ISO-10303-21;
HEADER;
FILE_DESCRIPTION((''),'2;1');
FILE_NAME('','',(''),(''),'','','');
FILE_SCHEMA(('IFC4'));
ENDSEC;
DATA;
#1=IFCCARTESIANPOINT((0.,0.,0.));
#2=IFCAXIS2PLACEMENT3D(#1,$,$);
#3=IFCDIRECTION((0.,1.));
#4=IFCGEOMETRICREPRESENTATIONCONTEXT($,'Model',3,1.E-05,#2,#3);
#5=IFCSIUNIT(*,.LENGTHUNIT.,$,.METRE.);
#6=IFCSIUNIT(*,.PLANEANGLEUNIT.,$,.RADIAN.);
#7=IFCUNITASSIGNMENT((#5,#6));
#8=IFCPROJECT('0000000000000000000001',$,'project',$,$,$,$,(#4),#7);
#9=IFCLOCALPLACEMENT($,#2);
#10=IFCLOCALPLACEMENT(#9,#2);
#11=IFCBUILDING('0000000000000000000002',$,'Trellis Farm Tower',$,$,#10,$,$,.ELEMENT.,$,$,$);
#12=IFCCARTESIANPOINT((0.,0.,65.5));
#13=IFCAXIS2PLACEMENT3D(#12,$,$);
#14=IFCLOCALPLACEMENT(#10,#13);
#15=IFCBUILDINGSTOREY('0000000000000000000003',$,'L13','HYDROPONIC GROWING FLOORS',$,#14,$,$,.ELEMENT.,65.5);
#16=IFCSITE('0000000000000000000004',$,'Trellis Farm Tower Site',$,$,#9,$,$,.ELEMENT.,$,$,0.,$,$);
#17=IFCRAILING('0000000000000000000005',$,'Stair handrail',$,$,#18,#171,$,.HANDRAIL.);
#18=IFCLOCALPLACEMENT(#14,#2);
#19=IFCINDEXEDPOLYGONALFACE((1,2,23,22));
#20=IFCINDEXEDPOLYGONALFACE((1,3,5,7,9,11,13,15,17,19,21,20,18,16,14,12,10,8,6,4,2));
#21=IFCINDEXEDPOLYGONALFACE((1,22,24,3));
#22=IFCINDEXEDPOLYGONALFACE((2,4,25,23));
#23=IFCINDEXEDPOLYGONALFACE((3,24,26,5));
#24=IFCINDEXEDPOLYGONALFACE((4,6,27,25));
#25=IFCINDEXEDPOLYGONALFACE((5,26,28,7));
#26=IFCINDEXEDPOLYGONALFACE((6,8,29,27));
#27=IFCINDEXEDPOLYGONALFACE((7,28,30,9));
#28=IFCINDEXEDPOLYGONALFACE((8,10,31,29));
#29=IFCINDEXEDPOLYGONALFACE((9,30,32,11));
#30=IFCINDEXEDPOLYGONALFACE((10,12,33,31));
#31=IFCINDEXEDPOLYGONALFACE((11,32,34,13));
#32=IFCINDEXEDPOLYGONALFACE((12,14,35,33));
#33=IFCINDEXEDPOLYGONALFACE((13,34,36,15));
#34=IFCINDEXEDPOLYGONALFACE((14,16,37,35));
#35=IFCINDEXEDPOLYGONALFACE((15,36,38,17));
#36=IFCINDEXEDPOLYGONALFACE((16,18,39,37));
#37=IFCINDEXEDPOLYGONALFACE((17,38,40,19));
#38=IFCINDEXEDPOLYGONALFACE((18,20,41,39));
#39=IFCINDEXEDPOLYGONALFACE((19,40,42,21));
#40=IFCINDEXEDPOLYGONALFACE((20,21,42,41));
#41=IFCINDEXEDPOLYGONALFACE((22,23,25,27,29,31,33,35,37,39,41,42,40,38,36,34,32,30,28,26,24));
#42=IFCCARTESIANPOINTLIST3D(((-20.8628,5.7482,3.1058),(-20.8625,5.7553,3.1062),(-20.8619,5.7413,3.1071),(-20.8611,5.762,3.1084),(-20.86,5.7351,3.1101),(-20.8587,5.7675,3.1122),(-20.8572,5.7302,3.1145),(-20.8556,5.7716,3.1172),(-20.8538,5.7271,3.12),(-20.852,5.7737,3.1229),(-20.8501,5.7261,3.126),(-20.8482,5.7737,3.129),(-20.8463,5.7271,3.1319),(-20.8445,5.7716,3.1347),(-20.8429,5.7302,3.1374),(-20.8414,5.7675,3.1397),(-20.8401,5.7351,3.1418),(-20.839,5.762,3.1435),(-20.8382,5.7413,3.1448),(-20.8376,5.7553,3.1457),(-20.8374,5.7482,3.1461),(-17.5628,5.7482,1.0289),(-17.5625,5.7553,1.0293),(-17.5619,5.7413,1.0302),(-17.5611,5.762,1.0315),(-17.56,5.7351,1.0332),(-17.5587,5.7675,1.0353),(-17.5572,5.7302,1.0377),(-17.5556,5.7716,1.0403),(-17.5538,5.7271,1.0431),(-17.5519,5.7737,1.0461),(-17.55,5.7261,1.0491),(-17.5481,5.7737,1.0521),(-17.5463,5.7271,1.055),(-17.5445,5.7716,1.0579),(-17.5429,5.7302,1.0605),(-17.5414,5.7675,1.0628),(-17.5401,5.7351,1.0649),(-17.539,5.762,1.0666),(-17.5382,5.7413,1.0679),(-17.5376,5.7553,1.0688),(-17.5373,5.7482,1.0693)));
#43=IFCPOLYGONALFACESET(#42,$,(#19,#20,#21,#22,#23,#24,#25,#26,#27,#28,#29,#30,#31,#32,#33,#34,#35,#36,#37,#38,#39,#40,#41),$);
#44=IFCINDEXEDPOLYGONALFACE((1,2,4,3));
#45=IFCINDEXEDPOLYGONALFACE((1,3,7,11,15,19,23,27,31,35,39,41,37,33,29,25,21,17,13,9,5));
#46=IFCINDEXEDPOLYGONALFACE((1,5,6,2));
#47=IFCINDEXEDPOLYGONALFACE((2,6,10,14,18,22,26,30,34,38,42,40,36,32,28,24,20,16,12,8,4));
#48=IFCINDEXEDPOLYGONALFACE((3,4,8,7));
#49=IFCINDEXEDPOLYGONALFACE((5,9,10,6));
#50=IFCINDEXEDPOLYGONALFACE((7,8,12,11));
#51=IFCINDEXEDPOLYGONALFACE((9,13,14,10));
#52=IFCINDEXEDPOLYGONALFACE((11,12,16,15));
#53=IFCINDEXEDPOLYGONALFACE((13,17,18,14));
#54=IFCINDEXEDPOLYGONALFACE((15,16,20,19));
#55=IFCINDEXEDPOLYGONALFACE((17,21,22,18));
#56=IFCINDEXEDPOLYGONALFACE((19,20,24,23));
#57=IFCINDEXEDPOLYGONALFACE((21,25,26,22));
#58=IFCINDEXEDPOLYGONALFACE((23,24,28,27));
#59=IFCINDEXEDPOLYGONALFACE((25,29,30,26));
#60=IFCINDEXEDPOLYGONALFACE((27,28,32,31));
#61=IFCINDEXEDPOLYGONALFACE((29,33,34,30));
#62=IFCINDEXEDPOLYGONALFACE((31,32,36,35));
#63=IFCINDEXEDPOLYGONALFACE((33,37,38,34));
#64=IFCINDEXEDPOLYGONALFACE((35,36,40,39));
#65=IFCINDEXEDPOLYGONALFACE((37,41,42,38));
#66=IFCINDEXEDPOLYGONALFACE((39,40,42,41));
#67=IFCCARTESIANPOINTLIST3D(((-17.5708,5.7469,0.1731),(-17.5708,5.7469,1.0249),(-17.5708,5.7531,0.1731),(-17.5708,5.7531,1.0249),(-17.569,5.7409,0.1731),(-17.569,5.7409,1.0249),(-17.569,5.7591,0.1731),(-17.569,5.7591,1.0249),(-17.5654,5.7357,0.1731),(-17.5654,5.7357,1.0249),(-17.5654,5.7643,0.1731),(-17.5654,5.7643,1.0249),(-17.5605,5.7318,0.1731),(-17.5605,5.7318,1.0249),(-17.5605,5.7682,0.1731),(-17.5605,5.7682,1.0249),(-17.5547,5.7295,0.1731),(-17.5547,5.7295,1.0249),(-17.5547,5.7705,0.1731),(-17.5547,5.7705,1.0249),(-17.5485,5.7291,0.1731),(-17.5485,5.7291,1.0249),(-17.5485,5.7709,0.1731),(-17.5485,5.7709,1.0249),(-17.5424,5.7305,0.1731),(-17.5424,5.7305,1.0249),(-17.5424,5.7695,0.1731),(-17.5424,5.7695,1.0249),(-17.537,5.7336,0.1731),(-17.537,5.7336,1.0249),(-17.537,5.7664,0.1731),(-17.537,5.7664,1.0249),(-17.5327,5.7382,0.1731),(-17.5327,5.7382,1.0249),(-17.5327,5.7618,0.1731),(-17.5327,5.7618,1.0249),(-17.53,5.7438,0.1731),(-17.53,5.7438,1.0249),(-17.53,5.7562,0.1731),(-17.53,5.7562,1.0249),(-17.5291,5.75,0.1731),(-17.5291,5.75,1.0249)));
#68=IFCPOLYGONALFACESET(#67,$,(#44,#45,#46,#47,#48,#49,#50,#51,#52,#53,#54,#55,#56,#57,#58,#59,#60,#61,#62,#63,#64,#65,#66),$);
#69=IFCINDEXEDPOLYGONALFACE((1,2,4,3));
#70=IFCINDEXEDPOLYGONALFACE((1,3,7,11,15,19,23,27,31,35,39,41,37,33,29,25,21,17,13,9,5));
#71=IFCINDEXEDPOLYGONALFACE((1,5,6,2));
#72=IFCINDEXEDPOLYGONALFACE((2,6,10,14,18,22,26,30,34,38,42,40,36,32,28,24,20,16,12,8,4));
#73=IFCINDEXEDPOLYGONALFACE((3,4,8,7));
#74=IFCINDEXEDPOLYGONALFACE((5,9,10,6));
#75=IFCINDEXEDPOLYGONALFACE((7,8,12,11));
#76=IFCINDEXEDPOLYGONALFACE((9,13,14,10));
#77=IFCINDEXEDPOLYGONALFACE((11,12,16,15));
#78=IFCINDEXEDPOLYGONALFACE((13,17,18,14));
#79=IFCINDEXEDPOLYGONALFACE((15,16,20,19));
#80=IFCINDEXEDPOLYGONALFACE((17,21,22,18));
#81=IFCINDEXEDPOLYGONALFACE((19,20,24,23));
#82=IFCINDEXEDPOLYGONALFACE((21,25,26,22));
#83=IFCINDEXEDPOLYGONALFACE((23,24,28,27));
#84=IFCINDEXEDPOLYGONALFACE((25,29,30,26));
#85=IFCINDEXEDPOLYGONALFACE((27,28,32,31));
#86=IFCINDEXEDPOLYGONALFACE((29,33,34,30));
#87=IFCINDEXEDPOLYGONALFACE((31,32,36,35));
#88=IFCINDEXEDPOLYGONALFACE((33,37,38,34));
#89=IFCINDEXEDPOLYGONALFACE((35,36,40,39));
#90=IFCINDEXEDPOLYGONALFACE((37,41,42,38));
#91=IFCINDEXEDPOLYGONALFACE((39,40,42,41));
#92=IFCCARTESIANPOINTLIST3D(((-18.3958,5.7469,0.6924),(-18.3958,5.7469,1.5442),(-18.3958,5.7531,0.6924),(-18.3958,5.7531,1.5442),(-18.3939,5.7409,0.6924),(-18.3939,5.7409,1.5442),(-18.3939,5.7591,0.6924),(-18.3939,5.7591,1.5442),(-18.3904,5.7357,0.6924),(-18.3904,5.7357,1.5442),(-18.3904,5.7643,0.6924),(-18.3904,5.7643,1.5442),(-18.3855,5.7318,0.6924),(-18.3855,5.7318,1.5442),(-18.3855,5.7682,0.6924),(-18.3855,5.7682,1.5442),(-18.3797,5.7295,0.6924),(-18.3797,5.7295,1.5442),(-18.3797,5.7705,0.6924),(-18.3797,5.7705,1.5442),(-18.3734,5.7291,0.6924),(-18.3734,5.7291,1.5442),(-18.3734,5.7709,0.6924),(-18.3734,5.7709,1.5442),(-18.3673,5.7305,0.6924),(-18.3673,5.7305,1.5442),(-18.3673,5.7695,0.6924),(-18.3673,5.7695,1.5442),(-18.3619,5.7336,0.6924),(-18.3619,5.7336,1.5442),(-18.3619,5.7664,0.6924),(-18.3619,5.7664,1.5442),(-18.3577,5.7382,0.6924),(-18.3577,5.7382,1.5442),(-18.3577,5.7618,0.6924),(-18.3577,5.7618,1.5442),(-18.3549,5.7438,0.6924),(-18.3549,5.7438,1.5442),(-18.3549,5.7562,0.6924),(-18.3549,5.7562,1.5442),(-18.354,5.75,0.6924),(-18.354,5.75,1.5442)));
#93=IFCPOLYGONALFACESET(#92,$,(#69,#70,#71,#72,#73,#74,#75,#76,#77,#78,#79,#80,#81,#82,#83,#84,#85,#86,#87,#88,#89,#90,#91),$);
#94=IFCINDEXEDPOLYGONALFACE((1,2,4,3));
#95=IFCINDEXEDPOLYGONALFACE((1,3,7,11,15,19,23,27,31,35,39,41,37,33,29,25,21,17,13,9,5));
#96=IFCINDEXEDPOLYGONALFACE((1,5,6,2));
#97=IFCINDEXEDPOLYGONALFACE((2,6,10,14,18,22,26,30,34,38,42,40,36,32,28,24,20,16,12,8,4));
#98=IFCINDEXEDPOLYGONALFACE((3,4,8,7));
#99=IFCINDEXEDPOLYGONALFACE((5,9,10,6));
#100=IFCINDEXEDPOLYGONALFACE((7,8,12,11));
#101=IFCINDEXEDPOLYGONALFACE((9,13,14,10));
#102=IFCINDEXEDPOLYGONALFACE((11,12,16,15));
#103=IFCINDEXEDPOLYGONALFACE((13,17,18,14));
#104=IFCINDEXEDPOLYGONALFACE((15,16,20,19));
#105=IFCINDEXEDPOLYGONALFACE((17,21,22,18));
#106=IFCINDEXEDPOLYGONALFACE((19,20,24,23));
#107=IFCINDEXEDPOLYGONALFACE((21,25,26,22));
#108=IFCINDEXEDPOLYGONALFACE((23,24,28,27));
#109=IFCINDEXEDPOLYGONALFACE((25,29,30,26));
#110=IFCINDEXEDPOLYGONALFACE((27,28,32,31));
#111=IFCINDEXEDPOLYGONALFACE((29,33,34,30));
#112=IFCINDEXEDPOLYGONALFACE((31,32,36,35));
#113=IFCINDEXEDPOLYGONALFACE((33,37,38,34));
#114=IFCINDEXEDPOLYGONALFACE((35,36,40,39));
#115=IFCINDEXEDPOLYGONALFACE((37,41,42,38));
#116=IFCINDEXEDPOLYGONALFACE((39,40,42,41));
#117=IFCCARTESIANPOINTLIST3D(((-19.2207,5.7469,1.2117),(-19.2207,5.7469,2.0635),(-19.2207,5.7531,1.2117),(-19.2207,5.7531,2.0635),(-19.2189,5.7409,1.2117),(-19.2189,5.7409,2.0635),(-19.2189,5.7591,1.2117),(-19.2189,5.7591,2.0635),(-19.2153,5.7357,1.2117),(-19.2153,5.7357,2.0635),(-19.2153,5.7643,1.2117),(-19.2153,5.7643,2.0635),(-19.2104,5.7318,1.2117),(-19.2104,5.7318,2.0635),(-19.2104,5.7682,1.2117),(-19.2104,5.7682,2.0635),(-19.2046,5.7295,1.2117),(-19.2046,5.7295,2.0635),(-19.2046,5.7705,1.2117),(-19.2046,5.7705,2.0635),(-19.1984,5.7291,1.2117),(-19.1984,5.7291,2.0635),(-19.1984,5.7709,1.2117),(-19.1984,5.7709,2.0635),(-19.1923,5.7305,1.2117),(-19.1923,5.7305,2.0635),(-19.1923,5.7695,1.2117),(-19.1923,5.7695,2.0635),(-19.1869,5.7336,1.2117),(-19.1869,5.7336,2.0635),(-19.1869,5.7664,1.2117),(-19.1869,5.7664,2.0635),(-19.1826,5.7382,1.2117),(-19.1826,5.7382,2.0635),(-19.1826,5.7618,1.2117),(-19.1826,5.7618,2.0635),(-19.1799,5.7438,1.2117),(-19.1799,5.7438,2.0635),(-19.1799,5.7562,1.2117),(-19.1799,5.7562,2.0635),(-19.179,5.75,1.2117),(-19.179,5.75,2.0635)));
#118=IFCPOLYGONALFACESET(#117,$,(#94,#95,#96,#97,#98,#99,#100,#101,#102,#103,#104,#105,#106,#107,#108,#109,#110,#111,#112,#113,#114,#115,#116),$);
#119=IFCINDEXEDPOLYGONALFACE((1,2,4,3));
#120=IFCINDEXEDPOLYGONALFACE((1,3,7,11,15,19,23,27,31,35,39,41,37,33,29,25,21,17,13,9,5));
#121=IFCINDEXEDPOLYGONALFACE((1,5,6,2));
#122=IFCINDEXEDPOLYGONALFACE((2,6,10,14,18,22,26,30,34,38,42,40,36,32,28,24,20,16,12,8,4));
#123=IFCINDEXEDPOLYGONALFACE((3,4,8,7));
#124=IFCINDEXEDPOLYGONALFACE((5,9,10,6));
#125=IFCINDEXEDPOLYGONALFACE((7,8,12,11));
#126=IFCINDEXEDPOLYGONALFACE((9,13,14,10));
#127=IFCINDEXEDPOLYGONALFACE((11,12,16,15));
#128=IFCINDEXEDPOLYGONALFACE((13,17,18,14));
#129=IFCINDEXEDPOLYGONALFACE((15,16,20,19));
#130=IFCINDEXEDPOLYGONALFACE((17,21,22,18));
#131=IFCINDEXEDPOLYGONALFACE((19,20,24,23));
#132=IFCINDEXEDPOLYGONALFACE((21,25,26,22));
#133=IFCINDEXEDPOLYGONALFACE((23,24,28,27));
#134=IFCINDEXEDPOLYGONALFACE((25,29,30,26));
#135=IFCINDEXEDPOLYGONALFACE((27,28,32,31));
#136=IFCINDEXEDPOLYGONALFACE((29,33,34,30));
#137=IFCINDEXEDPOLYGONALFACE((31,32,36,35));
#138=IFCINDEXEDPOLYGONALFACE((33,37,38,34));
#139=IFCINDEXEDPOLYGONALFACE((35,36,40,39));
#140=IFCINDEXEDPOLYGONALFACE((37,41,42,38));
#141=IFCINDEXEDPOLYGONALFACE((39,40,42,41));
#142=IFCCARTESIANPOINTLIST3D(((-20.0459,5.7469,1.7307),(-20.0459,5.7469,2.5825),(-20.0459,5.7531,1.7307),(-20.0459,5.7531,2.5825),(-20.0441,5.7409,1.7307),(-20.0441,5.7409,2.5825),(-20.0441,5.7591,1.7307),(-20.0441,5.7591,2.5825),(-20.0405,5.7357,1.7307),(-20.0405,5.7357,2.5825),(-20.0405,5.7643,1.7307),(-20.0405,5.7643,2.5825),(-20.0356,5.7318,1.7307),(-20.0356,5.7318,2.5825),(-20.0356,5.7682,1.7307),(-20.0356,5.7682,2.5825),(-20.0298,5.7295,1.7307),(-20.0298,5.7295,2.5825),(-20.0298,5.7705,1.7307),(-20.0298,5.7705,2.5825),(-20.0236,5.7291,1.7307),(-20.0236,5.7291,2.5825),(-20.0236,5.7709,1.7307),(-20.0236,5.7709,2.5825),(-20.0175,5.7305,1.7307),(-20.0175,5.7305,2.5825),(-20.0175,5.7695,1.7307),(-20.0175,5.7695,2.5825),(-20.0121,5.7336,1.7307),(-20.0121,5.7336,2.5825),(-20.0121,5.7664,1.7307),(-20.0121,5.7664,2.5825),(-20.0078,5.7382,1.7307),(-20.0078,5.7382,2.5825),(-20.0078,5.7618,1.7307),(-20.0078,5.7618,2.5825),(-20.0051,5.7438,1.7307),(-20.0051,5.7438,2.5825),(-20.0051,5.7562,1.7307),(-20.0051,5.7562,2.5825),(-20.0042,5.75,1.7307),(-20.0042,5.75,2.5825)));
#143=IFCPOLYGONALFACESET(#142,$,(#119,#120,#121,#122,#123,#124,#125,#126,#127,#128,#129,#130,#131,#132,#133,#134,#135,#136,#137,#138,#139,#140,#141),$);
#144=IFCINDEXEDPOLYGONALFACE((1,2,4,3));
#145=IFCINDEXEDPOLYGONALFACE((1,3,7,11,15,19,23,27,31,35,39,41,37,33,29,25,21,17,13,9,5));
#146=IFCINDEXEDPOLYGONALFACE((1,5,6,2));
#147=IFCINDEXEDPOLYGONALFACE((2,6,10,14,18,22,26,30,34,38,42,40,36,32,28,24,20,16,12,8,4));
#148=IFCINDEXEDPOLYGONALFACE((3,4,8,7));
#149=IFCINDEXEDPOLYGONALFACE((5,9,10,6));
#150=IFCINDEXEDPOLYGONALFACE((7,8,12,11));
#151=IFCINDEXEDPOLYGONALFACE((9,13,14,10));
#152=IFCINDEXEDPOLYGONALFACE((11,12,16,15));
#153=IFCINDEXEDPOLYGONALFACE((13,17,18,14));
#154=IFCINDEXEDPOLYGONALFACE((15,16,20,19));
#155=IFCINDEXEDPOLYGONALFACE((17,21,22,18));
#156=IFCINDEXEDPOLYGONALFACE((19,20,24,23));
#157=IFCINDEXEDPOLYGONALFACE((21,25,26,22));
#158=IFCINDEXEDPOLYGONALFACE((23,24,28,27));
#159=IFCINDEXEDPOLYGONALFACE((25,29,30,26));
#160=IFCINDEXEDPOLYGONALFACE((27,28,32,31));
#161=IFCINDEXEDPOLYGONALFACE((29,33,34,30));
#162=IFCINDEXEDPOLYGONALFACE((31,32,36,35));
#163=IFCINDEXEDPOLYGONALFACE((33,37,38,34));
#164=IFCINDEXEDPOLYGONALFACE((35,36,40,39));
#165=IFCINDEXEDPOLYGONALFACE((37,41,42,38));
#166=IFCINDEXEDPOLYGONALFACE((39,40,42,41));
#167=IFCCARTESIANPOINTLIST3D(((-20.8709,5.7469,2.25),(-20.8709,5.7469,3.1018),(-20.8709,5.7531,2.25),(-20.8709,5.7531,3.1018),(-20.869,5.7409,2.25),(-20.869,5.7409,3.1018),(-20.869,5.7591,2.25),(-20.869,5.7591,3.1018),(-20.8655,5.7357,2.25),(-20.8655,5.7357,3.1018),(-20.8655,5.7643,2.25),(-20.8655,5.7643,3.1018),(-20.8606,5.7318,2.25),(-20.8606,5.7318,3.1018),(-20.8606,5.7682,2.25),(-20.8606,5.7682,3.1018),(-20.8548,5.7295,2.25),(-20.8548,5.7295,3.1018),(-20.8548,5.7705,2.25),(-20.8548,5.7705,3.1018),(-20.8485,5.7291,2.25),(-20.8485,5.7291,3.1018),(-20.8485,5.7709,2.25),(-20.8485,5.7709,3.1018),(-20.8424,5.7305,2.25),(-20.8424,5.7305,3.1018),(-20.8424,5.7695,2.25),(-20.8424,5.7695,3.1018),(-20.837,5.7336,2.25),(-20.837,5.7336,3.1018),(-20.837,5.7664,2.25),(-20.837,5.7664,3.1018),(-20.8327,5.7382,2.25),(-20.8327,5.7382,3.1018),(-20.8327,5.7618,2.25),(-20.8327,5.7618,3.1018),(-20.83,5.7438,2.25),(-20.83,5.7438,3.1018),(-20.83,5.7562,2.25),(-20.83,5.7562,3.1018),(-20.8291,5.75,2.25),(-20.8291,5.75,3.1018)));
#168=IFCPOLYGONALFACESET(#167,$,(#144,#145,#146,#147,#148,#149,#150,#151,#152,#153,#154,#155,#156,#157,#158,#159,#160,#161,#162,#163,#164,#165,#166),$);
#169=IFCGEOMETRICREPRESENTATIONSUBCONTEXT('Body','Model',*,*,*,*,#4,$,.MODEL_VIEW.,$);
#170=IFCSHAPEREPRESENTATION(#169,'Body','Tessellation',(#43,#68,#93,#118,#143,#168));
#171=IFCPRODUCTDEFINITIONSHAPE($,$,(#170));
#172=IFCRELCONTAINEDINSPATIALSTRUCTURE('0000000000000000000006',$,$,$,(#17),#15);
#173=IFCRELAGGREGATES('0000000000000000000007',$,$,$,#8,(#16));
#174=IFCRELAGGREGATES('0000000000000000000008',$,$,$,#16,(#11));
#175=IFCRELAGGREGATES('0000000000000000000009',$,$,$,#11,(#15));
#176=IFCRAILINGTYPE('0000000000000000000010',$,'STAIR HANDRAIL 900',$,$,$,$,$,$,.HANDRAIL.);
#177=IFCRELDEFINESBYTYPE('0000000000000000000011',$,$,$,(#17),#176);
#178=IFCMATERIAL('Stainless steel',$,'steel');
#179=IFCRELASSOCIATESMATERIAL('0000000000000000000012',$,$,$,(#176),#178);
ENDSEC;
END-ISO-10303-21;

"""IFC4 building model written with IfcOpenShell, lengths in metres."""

from ifc_helpers import new_model, si_unit, direction, frame, origin, origin_2d, place, context, subcontext, project, spatial, circle, extrude, source, transform, mapped, material, type_object, element, save


model = new_model("IFC4")

# Units and contexts
model_context = context("Model", 3, precision=1e-05, world=origin(), true_north=direction((0.0, 1.0)))
body_context = subcontext(model_context, "Body", "Model", "MODEL_VIEW")
ifc_project = project(units=[si_unit("LENGTHUNIT", "METRE"), si_unit("PLANEANGLEUNIT", "RADIAN")], contexts=[model_context])

# Site, building, storey
site_placement = place(None, origin())
site = spatial("IfcSite", under=ifc_project, at=site_placement, Name="Trellis Farm Tower Site", CompositionType="ELEMENT", RefElevation=0.0)
building_placement = place(site_placement, origin())
building = spatial("IfcBuilding", under=site, at=building_placement, Name="Trellis Farm Tower", CompositionType="ELEMENT")
storey_placement = place(building_placement, frame((0.0, 0.0, 65.5)))
storey = spatial("IfcBuildingStorey", under=building, at=storey_placement, Name="L13", Description="HYDROPONIC GROWING FLOORS", CompositionType="ELEMENT", Elevation=65.5)

# Railing
ifc_material_1 = material(Name="Stainless steel", Category="steel")
railing_type = type_object("IfcRailingType", Name="STAIR HANDRAIL 900", PredefinedType="HANDRAIL", material=ifc_material_1)
shared_shape_1 = source(origin(), body_context, "Body", "SweptSolid", [
    extrude(circle(Radius=0.0239, at=origin_2d()), frame((0.0, 0.0, 0.876), z_axis=(-0.846337, 0.0, 0.532647), x_axis=(0.0, -1.0, 0.0)), (0.0, 0.0, 1.0), 3.8992),
    extrude(circle(Radius=0.021, at=origin_2d()), origin(), (0.0, 0.0, 1.0), 0.8518),
    extrude(circle(Radius=0.021, at=origin_2d()), frame((-0.825, 0.0, 0.5193)), (0.0, 0.0, 1.0), 0.8518),
    extrude(circle(Radius=0.021, at=origin_2d()), frame((-1.6499, 0.0, 1.0386)), (0.0, 0.0, 1.0), 0.8518),
    extrude(circle(Radius=0.021, at=origin_2d()), frame((-2.4751, 0.0, 1.5576)), (0.0, 0.0, 1.0), 0.8518),
    extrude(circle(Radius=0.021, at=origin_2d()), frame((-3.3, 0.0, 2.0769)), (0.0, 0.0, 1.0), 0.8518),
])
for number, where, name in (
    (1, (-17.55, 5.75, 0.1731), "Stair handrail"),
):
    element("IfcRailing", number, at=place(storey_placement, frame(where)), inside=storey, type_object=railing_type, Name=name, PredefinedType="HANDRAIL", context=body_context, shape_type="MappedRepresentation", body=[
        mapped(shared_shape_1, transform((0.0, 0.0, 0.0))),
    ])

save(model, "model.ifc")
